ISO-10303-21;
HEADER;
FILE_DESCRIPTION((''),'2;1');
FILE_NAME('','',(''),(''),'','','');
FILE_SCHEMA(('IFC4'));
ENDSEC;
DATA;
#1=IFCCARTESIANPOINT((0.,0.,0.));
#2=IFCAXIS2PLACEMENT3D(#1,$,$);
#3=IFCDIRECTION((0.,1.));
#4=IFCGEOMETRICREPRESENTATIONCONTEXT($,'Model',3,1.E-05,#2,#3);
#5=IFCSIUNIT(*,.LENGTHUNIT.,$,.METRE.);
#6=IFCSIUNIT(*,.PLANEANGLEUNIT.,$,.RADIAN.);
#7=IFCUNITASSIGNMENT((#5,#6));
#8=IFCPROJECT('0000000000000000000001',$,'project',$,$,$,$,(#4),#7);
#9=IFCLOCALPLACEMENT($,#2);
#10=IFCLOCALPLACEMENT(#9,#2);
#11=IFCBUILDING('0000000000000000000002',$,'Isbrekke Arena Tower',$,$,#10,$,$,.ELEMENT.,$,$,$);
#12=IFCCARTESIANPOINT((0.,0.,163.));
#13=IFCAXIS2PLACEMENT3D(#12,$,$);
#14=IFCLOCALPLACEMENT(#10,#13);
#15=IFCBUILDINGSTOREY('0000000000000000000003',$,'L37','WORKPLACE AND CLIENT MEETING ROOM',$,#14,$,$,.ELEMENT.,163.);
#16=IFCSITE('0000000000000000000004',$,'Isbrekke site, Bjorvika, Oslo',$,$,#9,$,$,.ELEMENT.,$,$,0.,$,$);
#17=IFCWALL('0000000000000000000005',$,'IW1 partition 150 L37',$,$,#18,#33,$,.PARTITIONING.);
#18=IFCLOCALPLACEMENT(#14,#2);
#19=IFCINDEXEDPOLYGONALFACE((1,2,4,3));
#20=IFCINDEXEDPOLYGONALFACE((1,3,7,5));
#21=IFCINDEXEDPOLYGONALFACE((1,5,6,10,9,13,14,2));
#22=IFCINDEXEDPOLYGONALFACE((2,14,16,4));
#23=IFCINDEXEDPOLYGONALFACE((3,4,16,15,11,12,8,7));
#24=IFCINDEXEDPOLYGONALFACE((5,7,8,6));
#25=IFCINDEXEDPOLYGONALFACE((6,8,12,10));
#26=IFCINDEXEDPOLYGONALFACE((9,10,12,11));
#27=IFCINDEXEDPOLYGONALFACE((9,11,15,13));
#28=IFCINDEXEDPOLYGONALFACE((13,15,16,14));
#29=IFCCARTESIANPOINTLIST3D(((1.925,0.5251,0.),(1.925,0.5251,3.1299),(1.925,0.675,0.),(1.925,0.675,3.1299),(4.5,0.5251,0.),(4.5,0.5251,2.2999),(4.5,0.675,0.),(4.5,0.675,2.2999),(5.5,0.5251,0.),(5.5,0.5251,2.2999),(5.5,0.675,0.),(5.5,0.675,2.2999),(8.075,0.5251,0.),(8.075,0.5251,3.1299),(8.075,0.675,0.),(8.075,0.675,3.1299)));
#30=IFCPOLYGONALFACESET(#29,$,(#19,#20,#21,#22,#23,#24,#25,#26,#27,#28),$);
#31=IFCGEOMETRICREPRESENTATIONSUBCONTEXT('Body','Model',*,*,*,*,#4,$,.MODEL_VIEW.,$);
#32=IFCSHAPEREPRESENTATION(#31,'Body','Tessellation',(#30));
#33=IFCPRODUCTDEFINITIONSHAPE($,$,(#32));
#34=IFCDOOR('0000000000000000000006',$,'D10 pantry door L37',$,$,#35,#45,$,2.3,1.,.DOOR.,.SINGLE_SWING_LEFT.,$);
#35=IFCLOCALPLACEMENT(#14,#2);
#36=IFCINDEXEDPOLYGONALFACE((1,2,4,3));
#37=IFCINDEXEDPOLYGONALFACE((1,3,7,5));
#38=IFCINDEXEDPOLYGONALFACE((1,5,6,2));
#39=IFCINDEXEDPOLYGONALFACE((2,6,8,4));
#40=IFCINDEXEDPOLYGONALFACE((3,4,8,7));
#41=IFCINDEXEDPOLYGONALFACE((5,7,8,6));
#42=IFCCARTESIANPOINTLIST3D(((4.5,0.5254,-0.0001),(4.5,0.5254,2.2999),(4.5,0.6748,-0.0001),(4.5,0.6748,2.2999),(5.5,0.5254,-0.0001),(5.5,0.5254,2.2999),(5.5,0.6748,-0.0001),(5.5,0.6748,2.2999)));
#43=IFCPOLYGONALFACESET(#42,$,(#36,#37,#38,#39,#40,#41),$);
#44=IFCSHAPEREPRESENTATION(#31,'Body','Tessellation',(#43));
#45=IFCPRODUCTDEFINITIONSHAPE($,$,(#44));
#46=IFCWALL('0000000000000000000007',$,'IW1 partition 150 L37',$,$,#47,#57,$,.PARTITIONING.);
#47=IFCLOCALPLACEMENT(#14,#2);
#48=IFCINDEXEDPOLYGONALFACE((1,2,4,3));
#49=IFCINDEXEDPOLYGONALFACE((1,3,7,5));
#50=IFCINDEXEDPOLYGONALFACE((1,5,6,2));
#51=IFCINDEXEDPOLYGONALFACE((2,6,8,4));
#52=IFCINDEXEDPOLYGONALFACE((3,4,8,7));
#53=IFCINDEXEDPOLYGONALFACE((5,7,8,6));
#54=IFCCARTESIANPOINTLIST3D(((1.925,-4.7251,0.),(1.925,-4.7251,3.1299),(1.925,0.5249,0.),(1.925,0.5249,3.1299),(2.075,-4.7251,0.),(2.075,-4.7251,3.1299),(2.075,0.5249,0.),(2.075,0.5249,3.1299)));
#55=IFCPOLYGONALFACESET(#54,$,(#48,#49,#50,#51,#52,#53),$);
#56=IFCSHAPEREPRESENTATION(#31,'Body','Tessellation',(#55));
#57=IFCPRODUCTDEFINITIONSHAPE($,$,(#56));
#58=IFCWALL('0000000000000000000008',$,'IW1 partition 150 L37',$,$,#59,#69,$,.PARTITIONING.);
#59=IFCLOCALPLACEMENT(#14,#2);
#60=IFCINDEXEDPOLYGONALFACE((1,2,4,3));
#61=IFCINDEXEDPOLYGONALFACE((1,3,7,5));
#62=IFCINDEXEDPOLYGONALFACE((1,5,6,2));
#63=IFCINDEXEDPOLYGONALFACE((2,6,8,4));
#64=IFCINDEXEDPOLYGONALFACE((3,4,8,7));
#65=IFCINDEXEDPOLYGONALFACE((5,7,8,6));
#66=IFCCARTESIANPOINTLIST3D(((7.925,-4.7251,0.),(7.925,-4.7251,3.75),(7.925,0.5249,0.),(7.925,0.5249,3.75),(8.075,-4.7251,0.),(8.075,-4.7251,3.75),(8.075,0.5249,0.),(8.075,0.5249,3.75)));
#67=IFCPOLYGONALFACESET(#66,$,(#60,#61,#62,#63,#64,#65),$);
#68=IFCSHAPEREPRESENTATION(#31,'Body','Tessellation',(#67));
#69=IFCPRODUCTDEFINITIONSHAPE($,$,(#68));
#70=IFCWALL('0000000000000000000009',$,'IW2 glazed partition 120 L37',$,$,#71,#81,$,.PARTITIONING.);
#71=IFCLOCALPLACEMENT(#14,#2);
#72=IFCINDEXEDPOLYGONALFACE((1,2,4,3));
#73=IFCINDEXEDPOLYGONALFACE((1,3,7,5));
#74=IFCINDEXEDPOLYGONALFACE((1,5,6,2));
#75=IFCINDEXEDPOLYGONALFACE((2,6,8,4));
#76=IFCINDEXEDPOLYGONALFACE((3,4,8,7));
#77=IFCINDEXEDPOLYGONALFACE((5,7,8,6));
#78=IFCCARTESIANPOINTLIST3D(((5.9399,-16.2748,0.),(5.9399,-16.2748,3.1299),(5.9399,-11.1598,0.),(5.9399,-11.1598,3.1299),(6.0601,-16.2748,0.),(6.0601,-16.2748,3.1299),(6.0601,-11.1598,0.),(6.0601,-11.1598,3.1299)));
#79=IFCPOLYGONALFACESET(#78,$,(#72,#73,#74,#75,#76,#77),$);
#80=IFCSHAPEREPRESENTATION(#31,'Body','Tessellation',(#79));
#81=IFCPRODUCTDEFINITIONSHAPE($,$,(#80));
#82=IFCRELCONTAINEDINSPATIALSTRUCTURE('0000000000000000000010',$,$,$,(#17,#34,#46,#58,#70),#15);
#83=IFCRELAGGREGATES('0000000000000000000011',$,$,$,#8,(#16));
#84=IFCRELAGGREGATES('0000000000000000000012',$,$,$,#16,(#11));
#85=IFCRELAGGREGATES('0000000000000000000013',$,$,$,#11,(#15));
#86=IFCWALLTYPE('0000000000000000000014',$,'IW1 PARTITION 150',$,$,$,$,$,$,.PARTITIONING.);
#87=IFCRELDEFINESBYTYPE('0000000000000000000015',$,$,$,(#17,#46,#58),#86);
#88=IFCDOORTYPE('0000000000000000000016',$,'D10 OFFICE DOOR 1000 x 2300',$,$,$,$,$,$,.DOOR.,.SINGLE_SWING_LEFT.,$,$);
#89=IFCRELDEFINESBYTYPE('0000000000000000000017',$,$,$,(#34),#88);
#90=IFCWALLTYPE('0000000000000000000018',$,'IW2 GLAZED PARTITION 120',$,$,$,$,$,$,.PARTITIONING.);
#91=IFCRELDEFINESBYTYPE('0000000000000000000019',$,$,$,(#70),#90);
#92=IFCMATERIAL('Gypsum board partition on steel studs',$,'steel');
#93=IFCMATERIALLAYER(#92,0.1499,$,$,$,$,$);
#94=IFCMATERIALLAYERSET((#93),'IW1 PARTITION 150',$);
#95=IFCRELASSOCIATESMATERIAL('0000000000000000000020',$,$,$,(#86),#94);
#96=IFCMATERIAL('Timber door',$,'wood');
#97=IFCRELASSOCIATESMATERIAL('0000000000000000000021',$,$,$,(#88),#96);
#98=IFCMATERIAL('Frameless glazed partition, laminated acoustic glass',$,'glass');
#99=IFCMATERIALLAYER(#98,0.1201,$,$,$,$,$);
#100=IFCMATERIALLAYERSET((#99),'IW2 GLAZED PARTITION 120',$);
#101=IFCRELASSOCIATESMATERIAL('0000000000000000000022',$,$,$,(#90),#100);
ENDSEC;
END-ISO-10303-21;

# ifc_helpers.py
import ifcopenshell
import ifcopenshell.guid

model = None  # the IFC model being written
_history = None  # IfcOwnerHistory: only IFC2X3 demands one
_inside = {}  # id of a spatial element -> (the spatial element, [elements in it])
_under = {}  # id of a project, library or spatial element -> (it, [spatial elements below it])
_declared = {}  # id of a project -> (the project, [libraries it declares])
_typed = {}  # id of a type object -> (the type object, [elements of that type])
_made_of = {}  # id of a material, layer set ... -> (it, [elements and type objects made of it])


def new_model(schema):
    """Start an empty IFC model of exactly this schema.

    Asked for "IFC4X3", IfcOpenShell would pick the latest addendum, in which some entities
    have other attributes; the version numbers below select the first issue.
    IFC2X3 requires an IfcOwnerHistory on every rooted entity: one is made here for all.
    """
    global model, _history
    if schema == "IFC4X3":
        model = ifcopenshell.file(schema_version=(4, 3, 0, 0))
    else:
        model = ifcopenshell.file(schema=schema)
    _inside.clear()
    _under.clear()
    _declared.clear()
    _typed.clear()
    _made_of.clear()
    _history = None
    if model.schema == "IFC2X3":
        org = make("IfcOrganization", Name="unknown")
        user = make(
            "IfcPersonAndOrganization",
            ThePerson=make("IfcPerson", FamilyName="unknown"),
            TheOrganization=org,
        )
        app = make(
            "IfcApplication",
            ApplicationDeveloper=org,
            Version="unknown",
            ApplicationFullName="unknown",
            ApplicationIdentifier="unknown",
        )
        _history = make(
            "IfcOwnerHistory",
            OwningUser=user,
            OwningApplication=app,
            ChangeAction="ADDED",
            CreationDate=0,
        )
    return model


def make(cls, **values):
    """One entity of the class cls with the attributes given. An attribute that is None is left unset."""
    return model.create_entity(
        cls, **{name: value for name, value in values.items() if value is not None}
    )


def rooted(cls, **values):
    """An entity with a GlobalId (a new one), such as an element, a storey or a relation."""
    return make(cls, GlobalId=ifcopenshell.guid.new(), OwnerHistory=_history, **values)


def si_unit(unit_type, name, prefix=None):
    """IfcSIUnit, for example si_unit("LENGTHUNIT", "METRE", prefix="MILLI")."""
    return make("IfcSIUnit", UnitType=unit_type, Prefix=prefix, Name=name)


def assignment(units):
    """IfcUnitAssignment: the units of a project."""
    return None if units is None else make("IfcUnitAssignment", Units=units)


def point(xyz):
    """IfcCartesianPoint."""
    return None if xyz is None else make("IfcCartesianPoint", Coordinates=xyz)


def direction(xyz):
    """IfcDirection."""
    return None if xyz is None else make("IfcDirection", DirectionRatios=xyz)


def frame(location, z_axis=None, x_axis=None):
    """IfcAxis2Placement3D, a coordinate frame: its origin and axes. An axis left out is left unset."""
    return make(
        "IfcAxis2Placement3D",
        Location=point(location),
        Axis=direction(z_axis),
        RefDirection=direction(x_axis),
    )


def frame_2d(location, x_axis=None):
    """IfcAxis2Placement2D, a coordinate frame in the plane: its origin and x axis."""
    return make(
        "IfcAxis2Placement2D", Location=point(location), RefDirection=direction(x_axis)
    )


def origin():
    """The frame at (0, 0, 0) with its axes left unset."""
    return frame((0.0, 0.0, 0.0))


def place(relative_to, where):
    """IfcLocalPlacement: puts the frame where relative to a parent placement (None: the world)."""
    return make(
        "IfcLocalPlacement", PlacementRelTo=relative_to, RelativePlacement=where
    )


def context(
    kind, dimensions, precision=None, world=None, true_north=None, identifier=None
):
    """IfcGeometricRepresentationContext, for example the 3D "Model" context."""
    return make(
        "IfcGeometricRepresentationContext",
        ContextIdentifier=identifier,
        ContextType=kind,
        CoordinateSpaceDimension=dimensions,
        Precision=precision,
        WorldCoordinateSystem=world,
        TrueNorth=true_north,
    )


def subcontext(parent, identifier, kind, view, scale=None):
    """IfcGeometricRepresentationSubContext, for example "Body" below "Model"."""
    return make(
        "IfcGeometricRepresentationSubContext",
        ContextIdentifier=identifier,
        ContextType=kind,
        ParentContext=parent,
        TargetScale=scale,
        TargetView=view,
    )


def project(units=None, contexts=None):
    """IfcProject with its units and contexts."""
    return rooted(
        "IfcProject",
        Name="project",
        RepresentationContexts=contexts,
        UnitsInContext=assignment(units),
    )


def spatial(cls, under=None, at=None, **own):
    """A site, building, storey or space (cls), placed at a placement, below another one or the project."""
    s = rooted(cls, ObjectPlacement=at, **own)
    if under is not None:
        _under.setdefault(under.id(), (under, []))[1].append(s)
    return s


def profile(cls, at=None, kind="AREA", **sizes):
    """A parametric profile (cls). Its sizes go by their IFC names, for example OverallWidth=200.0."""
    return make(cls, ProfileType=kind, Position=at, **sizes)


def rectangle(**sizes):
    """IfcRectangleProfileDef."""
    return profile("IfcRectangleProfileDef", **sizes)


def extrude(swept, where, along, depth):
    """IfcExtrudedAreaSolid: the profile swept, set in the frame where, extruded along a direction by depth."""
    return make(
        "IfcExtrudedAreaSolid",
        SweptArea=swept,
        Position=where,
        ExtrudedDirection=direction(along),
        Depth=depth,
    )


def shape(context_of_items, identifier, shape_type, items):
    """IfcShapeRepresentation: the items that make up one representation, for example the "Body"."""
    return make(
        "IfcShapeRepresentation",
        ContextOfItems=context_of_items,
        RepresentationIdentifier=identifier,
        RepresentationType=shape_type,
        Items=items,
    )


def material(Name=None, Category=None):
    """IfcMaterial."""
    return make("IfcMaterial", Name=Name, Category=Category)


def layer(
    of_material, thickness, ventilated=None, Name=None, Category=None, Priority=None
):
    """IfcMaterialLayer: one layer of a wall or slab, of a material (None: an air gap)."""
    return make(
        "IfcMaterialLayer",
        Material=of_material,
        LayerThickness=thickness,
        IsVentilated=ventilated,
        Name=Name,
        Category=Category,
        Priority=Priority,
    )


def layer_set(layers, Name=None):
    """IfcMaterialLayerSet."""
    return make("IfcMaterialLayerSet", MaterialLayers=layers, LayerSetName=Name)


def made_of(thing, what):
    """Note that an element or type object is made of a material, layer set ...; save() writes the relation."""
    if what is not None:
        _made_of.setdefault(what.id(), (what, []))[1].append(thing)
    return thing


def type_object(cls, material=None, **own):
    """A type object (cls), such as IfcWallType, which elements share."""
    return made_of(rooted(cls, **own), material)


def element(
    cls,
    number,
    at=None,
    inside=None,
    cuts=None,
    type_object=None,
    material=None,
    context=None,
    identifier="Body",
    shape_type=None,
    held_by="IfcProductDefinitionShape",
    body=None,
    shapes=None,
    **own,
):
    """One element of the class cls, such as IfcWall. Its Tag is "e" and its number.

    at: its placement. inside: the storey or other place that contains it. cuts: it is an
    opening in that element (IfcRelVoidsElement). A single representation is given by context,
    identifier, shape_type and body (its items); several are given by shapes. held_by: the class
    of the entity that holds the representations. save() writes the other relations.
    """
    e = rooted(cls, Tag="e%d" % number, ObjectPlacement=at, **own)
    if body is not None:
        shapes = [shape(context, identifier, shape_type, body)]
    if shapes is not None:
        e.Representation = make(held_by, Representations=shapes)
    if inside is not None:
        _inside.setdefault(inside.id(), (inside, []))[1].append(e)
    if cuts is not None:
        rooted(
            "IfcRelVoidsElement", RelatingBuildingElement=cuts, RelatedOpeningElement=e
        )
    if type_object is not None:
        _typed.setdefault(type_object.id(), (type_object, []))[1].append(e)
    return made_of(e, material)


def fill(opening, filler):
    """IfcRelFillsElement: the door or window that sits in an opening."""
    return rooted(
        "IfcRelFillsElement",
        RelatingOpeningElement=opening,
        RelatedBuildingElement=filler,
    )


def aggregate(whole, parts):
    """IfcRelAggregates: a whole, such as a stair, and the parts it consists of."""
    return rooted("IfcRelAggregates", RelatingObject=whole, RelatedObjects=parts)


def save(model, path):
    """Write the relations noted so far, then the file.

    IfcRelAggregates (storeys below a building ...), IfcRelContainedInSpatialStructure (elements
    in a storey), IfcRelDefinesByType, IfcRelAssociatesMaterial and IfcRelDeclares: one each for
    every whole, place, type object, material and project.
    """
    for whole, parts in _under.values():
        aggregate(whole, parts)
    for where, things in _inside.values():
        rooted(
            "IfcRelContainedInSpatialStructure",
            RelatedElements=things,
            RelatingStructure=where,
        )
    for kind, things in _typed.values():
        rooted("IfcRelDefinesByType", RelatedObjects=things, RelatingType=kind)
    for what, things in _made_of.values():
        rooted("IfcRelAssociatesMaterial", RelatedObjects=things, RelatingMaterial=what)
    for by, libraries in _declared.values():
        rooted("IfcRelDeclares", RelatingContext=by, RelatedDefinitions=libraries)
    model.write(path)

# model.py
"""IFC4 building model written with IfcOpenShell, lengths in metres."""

from ifc_helpers import new_model, si_unit, direction, frame, frame_2d, origin, place, context, subcontext, project, spatial, rectangle, extrude, material, layer, layer_set, type_object, element, fill, save


model = new_model("IFC4")

# Units and contexts
model_context = context("Model", 3, precision=1e-05, world=origin(), true_north=direction((0.0, 1.0)))
body_context = subcontext(model_context, "Body", "Model", "MODEL_VIEW")
ifc_project = project(units=[si_unit("LENGTHUNIT", "METRE"), si_unit("PLANEANGLEUNIT", "RADIAN")], contexts=[model_context])

# Site, building, storey
site_placement = place(None, origin())
site = spatial("IfcSite", under=ifc_project, at=site_placement, Name="Isbrekke site, Bjorvika, Oslo", CompositionType="ELEMENT", RefElevation=0.0)
building_placement = place(site_placement, origin())
building = spatial("IfcBuilding", under=site, at=building_placement, Name="Isbrekke Arena Tower", CompositionType="ELEMENT")
storey_placement = place(building_placement, frame((0.0, 0.0, 163.0)))
storey = spatial("IfcBuildingStorey", under=building, at=storey_placement, Name="L37", Description="WORKPLACE AND CLIENT MEETING ROOM", CompositionType="ELEMENT", Elevation=163.0)

# Shared definitions
ifc_material_1 = material(Name="Gypsum board partition on steel studs", Category="steel")
ifc_layer_1 = layer(ifc_material_1, 0.1499)
ifc_layer_set_1 = layer_set([ifc_layer_1], Name="IW1 PARTITION 150")
wall_type_1 = type_object("IfcWallType", Name="IW1 PARTITION 150", PredefinedType="PARTITIONING", material=ifc_layer_set_1)

# Wall, opening, door
wall_1_placement = place(storey_placement, frame((1.925, 0.6001, 0.0), z_axis=(0.0, 0.0, 1.0), x_axis=(1.0, 0.0, 0.0)))
wall_1 = element("IfcWall", 1, at=wall_1_placement, inside=storey, type_object=wall_type_1, Name="IW1 partition 150 L37", PredefinedType="PARTITIONING", context=body_context, shape_type="SweptSolid", body=[
    extrude(rectangle(XDim=6.1499, YDim=0.1499, at=frame_2d((3.075, 0.0))), origin(), (0.0, 0.0, 1.0), 3.1299),
])
opening_placement = place(wall_1_placement, frame((2.575, 0.0, 0.0)))
opening = element("IfcOpeningElement", 2, at=opening_placement, cuts=wall_1, PredefinedType="OPENING", context=body_context, shape_type="SweptSolid", body=[
    extrude(rectangle(XDim=1.0, YDim=2.3, at=frame_2d((0.5, 1.1499))), frame((0.0, 0.0898, 0.0), z_axis=(0.0, -1.0, 0.0), x_axis=(1.0, 0.0, 0.0)), (0.0, 0.0, 1.0), 0.1797),
])
ifc_material_2 = material(Name="Timber door", Category="wood")
door_type = type_object("IfcDoorType", Name="D10 OFFICE DOOR 1000 x 2300", OperationType="SINGLE_SWING_LEFT", PredefinedType="DOOR", material=ifc_material_2)
door_placement = place(opening_placement, origin())
door = element("IfcDoor", 3, at=door_placement, inside=storey, type_object=door_type, Name="D10 pantry door L37", OperationType="SINGLE_SWING_LEFT", OverallHeight=2.3, OverallWidth=1.0, PredefinedType="DOOR", context=body_context, shape_type="SweptSolid", body=[
    extrude(rectangle(XDim=1.0, YDim=2.3, at=frame_2d((0.5, 1.1499))), frame((0.0, 0.0747, 0.0), z_axis=(0.0, -1.0, 0.0), x_axis=(1.0, 0.0, 0.0)), (0.0, 0.0, 1.0), 0.1494),
])
fill(opening, door)

# Walls
wall_2_placement = place(storey_placement, frame((2.0, -4.7251, 0.0), z_axis=(0.0, 0.0, 1.0), x_axis=(0.0, 1.0, 0.0)))
element("IfcWall", 4, at=wall_2_placement, inside=storey, type_object=wall_type_1, Name="IW1 partition 150 L37", PredefinedType="PARTITIONING", context=body_context, shape_type="SweptSolid", body=[
    extrude(rectangle(XDim=5.25, YDim=0.1499, at=frame_2d((2.625, 0.0))), origin(), (0.0, 0.0, 1.0), 3.1299),
])
wall_3_placement = place(storey_placement, frame((8.0, -4.7251, 0.0), z_axis=(0.0, 0.0, 1.0), x_axis=(0.0, 1.0, 0.0)))
element("IfcWall", 5, at=wall_3_placement, inside=storey, type_object=wall_type_1, Name="IW1 partition 150 L37", PredefinedType="PARTITIONING", context=body_context, shape_type="SweptSolid", body=[
    extrude(rectangle(XDim=5.25, YDim=0.1499, at=frame_2d((2.625, 0.0))), origin(), (0.0, 0.0, 1.0), 3.75),
])
ifc_material_3 = material(Name="Frameless glazed partition, laminated acoustic glass", Category="glass")
ifc_layer_2 = layer(ifc_material_3, 0.1201)
ifc_layer_set_2 = layer_set([ifc_layer_2], Name="IW2 GLAZED PARTITION 120")
wall_type_2 = type_object("IfcWallType", Name="IW2 GLAZED PARTITION 120", PredefinedType="PARTITIONING", material=ifc_layer_set_2)
wall_4_placement = place(storey_placement, frame((6.0, -16.2749, 0.0), z_axis=(0.0, 0.0, 1.0), x_axis=(0.0, 1.0, 0.0)))
element("IfcWall", 6, at=wall_4_placement, inside=storey, type_object=wall_type_2, Name="IW2 glazed partition 120 L37", PredefinedType="PARTITIONING", context=body_context, shape_type="SweptSolid", body=[
    extrude(rectangle(XDim=5.115, YDim=0.1201, at=frame_2d((2.5576, 0.0))), origin(), (0.0, 0.0, 1.0), 3.1299),
])

save(model, "model.ifc")
